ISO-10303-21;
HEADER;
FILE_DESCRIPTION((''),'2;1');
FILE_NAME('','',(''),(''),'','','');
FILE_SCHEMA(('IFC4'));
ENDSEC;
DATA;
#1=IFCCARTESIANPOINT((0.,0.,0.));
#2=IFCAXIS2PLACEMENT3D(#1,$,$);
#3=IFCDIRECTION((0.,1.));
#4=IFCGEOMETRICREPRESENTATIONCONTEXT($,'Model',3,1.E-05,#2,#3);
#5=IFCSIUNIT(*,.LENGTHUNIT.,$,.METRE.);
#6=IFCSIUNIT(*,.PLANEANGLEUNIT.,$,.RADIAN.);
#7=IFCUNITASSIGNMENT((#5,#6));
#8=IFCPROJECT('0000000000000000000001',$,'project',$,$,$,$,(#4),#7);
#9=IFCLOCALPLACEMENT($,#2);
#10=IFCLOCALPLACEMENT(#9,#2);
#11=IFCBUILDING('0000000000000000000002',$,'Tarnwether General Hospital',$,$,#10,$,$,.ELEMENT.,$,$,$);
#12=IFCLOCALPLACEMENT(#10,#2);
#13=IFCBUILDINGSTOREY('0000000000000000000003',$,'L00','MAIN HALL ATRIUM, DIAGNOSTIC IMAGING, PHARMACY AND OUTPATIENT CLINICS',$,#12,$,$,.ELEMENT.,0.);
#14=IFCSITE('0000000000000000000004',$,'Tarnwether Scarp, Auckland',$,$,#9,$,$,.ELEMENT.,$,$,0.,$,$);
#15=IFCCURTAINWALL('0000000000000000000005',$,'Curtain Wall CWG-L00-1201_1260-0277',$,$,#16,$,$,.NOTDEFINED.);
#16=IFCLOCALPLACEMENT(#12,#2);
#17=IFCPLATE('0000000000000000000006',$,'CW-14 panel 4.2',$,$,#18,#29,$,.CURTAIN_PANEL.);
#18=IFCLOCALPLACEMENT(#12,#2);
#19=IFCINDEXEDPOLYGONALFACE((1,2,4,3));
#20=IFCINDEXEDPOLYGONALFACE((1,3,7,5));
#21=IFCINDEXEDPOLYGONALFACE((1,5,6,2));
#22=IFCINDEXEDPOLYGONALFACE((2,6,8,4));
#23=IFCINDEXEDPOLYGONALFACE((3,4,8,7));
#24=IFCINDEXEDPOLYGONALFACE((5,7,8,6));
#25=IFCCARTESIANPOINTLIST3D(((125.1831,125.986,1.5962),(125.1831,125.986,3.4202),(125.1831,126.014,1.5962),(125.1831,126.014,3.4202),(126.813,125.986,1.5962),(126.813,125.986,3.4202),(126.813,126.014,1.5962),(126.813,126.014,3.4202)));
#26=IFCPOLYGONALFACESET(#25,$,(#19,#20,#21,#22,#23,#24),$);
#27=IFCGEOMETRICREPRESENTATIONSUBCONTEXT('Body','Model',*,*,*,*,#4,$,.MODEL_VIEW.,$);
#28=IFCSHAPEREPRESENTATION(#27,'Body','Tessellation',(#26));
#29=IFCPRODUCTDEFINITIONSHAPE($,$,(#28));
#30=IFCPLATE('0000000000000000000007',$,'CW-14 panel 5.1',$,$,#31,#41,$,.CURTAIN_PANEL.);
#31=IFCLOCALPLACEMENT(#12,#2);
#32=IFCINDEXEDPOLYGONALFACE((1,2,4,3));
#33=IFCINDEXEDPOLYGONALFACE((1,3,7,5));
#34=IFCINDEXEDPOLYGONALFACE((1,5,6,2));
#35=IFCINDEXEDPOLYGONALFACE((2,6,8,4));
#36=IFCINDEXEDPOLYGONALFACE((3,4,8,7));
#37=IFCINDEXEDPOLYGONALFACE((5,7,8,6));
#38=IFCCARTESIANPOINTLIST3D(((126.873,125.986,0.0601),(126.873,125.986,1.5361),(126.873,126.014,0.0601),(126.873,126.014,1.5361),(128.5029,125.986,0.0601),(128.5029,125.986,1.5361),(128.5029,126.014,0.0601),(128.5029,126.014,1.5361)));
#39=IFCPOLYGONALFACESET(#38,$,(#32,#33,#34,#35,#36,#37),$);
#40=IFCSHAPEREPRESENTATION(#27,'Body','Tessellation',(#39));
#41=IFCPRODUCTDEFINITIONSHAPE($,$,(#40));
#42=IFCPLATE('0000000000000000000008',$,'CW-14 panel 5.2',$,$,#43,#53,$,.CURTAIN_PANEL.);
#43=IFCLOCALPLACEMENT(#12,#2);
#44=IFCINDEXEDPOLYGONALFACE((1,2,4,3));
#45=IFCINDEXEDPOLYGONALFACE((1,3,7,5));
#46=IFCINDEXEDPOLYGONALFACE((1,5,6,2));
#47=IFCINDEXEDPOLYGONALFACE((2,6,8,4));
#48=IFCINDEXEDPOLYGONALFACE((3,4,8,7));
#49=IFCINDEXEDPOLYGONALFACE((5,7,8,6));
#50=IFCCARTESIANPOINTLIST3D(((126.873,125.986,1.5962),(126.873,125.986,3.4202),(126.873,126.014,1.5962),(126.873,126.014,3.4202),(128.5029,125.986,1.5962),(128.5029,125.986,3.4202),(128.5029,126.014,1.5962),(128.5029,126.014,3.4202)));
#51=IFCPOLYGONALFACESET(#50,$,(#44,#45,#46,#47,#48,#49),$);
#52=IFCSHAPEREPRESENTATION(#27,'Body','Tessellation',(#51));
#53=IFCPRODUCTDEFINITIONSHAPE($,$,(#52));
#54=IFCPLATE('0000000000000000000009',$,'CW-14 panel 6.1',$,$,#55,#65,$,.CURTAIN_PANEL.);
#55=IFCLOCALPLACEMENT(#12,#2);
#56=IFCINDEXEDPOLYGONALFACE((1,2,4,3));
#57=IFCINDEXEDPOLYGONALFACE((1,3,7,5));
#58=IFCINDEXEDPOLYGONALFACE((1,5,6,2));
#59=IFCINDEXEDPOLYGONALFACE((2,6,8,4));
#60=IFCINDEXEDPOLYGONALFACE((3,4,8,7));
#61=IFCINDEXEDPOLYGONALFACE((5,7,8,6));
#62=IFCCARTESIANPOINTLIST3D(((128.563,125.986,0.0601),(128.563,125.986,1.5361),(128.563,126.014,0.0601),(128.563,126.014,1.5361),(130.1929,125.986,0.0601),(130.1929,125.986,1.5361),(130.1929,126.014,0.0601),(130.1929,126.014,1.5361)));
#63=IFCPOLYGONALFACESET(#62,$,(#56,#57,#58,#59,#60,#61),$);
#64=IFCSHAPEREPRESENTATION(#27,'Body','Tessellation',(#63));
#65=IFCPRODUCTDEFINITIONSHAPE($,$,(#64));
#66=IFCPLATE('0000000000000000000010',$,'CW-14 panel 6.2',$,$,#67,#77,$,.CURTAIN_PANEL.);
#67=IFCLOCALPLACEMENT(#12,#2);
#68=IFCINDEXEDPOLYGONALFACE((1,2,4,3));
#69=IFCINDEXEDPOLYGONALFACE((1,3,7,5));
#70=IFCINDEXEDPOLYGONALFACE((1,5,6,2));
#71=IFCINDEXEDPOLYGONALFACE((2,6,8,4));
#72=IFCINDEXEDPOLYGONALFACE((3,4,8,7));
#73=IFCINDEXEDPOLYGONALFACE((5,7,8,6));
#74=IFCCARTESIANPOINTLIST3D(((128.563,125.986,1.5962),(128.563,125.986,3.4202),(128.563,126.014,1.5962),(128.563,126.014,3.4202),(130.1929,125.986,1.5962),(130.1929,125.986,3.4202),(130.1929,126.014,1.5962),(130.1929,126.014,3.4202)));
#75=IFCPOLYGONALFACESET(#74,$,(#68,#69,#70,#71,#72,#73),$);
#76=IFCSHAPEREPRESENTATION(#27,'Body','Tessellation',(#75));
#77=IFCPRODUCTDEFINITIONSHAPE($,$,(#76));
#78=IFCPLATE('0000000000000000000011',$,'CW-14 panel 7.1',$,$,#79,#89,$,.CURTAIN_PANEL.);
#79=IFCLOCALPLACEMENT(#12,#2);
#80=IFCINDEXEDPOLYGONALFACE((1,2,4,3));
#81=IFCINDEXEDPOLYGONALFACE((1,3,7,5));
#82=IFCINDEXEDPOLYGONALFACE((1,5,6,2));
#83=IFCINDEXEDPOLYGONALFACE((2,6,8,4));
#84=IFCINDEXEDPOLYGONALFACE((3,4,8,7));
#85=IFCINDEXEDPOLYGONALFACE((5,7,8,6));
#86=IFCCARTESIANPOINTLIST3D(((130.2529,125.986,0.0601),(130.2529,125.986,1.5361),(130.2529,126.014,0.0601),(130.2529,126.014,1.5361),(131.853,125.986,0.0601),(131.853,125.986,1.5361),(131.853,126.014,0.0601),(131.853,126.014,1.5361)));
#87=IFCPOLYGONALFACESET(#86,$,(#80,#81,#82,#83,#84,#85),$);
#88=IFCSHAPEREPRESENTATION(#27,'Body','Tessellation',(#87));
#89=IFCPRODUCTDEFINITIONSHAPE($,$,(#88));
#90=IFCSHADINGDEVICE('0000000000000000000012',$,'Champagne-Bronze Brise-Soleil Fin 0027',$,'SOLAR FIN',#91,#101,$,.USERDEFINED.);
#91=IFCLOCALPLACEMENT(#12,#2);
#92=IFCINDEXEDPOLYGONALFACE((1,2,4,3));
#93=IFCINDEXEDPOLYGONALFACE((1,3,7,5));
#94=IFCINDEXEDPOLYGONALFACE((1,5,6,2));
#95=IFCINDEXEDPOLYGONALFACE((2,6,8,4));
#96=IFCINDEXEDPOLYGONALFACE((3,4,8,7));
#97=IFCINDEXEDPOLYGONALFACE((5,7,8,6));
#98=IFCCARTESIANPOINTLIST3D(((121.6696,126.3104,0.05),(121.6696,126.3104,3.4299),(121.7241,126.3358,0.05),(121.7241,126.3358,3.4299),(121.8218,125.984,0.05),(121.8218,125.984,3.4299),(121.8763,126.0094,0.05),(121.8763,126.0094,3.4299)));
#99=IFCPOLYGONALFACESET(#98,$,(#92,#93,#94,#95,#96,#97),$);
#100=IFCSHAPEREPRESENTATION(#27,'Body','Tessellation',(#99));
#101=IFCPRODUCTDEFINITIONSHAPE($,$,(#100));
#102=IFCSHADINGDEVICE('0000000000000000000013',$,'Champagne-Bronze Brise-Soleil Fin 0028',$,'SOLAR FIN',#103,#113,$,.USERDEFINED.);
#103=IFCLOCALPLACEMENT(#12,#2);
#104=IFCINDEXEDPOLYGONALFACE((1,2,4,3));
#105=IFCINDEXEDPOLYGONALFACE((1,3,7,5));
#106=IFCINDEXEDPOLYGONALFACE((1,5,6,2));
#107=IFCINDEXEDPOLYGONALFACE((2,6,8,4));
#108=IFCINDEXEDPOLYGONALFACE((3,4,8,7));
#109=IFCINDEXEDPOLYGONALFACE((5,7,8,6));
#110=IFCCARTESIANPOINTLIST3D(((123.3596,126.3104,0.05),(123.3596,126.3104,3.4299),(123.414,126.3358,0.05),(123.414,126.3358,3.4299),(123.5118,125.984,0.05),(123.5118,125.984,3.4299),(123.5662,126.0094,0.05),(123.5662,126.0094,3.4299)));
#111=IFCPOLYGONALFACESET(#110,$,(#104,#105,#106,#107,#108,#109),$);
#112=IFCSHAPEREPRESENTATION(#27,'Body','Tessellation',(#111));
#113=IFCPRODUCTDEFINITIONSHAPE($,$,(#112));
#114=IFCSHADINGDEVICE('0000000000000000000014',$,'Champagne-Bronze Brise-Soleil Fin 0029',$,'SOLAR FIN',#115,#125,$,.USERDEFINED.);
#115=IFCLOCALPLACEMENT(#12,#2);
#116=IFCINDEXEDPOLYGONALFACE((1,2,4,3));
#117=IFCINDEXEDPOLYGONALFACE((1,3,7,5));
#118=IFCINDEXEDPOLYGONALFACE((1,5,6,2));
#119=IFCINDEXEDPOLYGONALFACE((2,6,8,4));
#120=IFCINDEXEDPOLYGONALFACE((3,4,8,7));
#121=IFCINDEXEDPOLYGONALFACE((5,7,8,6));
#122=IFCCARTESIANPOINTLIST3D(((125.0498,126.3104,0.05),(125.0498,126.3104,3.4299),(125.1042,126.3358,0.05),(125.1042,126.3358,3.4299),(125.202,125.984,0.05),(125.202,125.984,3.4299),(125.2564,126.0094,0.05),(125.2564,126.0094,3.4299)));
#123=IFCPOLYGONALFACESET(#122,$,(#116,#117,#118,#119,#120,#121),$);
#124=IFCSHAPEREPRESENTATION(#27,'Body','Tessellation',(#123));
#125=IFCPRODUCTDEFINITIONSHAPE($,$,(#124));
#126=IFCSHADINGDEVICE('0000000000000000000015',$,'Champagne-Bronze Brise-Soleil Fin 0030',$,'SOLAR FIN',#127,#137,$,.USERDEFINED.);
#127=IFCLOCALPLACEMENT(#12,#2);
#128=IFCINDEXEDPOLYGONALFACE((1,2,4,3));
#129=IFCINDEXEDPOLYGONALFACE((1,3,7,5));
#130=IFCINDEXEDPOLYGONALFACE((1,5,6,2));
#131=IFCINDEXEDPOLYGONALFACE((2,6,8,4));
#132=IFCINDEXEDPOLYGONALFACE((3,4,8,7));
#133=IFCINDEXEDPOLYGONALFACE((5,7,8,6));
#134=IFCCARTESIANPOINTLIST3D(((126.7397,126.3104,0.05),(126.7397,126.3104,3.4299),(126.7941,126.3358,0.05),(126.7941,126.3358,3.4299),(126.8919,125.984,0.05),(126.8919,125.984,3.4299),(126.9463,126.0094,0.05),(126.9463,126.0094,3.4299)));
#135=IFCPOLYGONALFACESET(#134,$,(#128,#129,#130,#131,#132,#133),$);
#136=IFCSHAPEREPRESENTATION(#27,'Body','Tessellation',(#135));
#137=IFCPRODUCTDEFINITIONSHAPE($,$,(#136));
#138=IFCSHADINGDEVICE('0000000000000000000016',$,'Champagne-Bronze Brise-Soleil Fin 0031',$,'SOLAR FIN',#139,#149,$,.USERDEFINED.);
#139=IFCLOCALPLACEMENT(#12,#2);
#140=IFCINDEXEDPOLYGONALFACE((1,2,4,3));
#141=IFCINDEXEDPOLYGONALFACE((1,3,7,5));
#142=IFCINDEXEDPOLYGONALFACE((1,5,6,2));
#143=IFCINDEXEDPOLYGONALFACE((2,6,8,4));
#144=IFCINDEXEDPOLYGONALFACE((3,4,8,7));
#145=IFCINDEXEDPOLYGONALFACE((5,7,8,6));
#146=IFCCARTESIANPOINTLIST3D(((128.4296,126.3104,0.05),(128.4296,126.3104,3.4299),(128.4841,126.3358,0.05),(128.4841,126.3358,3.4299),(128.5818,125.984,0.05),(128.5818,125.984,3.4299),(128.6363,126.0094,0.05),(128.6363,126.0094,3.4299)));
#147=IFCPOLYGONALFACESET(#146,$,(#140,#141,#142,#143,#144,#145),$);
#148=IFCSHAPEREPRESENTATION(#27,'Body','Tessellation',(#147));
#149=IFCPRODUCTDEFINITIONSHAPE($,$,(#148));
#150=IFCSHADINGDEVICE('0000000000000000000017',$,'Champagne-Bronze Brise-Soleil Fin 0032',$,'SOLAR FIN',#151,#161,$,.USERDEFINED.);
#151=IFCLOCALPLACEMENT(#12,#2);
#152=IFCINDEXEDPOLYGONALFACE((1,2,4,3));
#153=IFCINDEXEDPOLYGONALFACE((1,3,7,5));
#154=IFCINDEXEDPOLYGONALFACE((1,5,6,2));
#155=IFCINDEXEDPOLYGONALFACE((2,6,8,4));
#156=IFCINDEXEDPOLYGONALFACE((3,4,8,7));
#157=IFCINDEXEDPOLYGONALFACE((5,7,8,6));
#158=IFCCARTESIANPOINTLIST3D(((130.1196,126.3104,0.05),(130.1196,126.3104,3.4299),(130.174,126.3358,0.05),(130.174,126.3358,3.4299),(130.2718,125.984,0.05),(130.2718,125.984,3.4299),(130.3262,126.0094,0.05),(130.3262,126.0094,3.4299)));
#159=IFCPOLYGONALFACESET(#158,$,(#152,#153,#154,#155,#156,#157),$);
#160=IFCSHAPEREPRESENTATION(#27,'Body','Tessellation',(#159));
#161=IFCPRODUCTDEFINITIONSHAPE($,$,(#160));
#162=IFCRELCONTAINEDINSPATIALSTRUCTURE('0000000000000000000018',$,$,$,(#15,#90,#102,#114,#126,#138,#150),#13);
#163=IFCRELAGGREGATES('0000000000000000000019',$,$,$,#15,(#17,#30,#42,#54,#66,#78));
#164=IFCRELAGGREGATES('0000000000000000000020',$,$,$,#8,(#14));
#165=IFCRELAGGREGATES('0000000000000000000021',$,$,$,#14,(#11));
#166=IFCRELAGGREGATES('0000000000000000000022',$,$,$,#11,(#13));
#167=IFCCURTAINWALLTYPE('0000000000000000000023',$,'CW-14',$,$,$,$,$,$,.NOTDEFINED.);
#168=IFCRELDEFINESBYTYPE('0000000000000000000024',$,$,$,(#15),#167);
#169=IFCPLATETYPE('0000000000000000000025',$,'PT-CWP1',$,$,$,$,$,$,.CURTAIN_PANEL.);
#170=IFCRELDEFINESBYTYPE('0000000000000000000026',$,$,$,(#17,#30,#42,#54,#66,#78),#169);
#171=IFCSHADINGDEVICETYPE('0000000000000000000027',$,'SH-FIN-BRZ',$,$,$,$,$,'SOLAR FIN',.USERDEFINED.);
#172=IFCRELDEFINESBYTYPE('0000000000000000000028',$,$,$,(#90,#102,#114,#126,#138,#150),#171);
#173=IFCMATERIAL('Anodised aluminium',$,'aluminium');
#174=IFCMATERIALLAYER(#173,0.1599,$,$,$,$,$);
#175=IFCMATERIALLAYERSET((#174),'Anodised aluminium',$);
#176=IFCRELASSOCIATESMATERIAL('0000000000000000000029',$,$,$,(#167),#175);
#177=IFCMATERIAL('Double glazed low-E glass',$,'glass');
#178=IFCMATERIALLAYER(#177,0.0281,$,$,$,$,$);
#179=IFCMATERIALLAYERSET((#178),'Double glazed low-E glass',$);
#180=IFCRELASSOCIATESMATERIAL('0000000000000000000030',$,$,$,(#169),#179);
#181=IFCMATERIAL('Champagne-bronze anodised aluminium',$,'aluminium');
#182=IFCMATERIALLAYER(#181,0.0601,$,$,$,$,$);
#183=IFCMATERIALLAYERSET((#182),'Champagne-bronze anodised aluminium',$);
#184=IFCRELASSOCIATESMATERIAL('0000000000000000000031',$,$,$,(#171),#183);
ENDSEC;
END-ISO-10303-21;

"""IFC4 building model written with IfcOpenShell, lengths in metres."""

from ifc_helpers import new_model, si_unit, direction, frame, origin, origin_2d, place, context, subcontext, project, spatial, rectangle, extrude, material, layer, layer_set, type_object, element, aggregate, save


model = new_model("IFC4")

# Units and contexts
model_context = context("Model", 3, precision=1e-05, world=origin(), true_north=direction((0.0, 1.0)))
body_context = subcontext(model_context, "Body", "Model", "MODEL_VIEW")
ifc_project = project(units=[si_unit("LENGTHUNIT", "METRE"), si_unit("PLANEANGLEUNIT", "RADIAN")], contexts=[model_context])

# Site, building, storey
site_placement = place(None, origin())
site = spatial("IfcSite", under=ifc_project, at=site_placement, Name="Tarnwether Scarp, Auckland", CompositionType="ELEMENT", RefElevation=0.0)
building_placement = place(site_placement, origin())
building = spatial("IfcBuilding", under=site, at=building_placement, Name="Tarnwether General Hospital", CompositionType="ELEMENT")
storey_placement = place(building_placement, origin())
storey = spatial("IfcBuildingStorey", under=building, at=storey_placement, Name="L00", Description="MAIN HALL ATRIUM, DIAGNOSTIC IMAGING, PHARMACY AND OUTPATIENT CLINICS", CompositionType="ELEMENT", Elevation=0.0)

# Curtain wall, plates
ifc_material_1 = material(Name="Anodised aluminium", Category="aluminium")
ifc_layer_1 = layer(ifc_material_1, 0.1599)
ifc_layer_set_1 = layer_set([ifc_layer_1], Name="Anodised aluminium")
curtain_wall_type = type_object("IfcCurtainWallType", Name="CW-14", PredefinedType="NOTDEFINED", material=ifc_layer_set_1)
curtain_wall_placement = place(storey_placement, origin())
curtain_wall = element("IfcCurtainWall", 1, at=curtain_wall_placement, inside=storey, type_object=curtain_wall_type, Name="Curtain Wall CWG-L00-1201_1260-0277", PredefinedType="NOTDEFINED")
ifc_material_2 = material(Name="Double glazed low-E glass", Category="glass")
ifc_layer_2 = layer(ifc_material_2, 0.0281)
ifc_layer_set_2 = layer_set([ifc_layer_2], Name="Double glazed low-E glass")
plate_type = type_object("IfcPlateType", Name="PT-CWP1", PredefinedType="CURTAIN_PANEL", material=ifc_layer_set_2)
plate_1_placement = place(storey_placement, frame((125.998, 126.0, 1.5962), z_axis=(0.0, 0.0, 1.0), x_axis=(1.0, 0.0, 0.0)))
plate_1 = element("IfcPlate", 2, at=plate_1_placement, type_object=plate_type, Name="CW-14 panel 4.2", PredefinedType="CURTAIN_PANEL", context=body_context, shape_type="SweptSolid", body=[
    extrude(rectangle(XDim=1.6299, YDim=0.0281, at=origin_2d()), origin(), (0.0, 0.0, 1.0), 1.824),
])
plate_2_placement = place(storey_placement, frame((127.688, 126.0, 0.0601), z_axis=(0.0, 0.0, 1.0), x_axis=(1.0, 0.0, 0.0)))
plate_2 = element("IfcPlate", 3, at=plate_2_placement, type_object=plate_type, Name="CW-14 panel 5.1", PredefinedType="CURTAIN_PANEL", context=body_context, shape_type="SweptSolid", body=[
    extrude(rectangle(XDim=1.6299, YDim=0.0281, at=origin_2d()), origin(), (0.0, 0.0, 1.0), 1.4761),
])
plate_3_placement = place(storey_placement, frame((127.688, 126.0, 1.5962), z_axis=(0.0, 0.0, 1.0), x_axis=(1.0, 0.0, 0.0)))
plate_3 = element("IfcPlate", 4, at=plate_3_placement, type_object=plate_type, Name="CW-14 panel 5.2", PredefinedType="CURTAIN_PANEL", context=body_context, shape_type="SweptSolid", body=[
    extrude(rectangle(XDim=1.6299, YDim=0.0281, at=origin_2d()), origin(), (0.0, 0.0, 1.0), 1.824),
])
plate_4_placement = place(storey_placement, frame((129.3779, 126.0, 0.0601), z_axis=(0.0, 0.0, 1.0), x_axis=(1.0, 0.0, 0.0)))
plate_4 = element("IfcPlate", 5, at=plate_4_placement, type_object=plate_type, Name="CW-14 panel 6.1", PredefinedType="CURTAIN_PANEL", context=body_context, shape_type="SweptSolid", body=[
    extrude(rectangle(XDim=1.6299, YDim=0.0281, at=origin_2d()), origin(), (0.0, 0.0, 1.0), 1.4761),
])
plate_5_placement = place(storey_placement, frame((129.3779, 126.0, 1.5962), z_axis=(0.0, 0.0, 1.0), x_axis=(1.0, 0.0, 0.0)))
plate_5 = element("IfcPlate", 6, at=plate_5_placement, type_object=plate_type, Name="CW-14 panel 6.2", PredefinedType="CURTAIN_PANEL", context=body_context, shape_type="SweptSolid", body=[
    extrude(rectangle(XDim=1.6299, YDim=0.0281, at=origin_2d()), origin(), (0.0, 0.0, 1.0), 1.824),
])
plate_6_placement = place(storey_placement, frame((131.053, 126.0, 0.0601), z_axis=(0.0, 0.0, 1.0), x_axis=(1.0, 0.0, 0.0)))
plate_6 = element("IfcPlate", 7, at=plate_6_placement, type_object=plate_type, Name="CW-14 panel 7.1", PredefinedType="CURTAIN_PANEL", context=body_context, shape_type="SweptSolid", body=[
    extrude(rectangle(XDim=1.6001, YDim=0.0281, at=origin_2d()), origin(), (0.0, 0.0, 1.0), 1.4761),
])
aggregate(curtain_wall, [plate_1, plate_2, plate_3, plate_4, plate_5, plate_6])

# Shading devices
ifc_material_3 = material(Name="Champagne-bronze anodised aluminium", Category="aluminium")
ifc_layer_3 = layer(ifc_material_3, 0.0601)
ifc_layer_set_3 = layer_set([ifc_layer_3], Name="Champagne-bronze anodised aluminium")
shading_device_type = type_object("IfcShadingDeviceType", Name="SH-FIN-BRZ", ElementType="SOLAR FIN", PredefinedType="USERDEFINED", material=ifc_layer_set_3)
for number, where, z_axis, x_axis, name in (
    (8, (121.7729, 126.1599, 0.05), (0.0, 0.0, 1.0), (0.906308, 0.422618, 0.0), "Champagne-Bronze Brise-Soleil Fin 0027"),
    (9, (123.4629, 126.1599, 0.05), (0.0, 0.0, 1.0), (0.906308, 0.422618, 0.0), "Champagne-Bronze Brise-Soleil Fin 0028"),
    (10, (125.1531, 126.1599, 0.05), (0.0, 0.0, 1.0), (0.906308, 0.422618, 0.0), "Champagne-Bronze Brise-Soleil Fin 0029"),
    (11, (126.843, 126.1599, 0.05), (0.0, 0.0, 1.0), (0.906308, 0.422618, 0.0), "Champagne-Bronze Brise-Soleil Fin 0030"),
    (12, (128.533, 126.1599, 0.05), (0.0, 0.0, 1.0), (0.906308, 0.422618, 0.0), "Champagne-Bronze Brise-Soleil Fin 0031"),
    (13, (130.2229, 126.1599, 0.05), (0.0, 0.0, 1.0), (0.906308, 0.422618, 0.0), "Champagne-Bronze Brise-Soleil Fin 0032"),
):
    element("IfcShadingDevice", number, at=place(storey_placement, frame(where, z_axis=z_axis, x_axis=x_axis)), inside=storey, type_object=shading_device_type, Name=name, ObjectType="SOLAR FIN", PredefinedType="USERDEFINED", context=body_context, shape_type="SweptSolid", body=[
        extrude(rectangle(XDim=0.0601, YDim=0.3601, at=origin_2d()), origin(), (0.0, 0.0, 1.0), 3.3799),
    ])

save(model, "model.ifc")
